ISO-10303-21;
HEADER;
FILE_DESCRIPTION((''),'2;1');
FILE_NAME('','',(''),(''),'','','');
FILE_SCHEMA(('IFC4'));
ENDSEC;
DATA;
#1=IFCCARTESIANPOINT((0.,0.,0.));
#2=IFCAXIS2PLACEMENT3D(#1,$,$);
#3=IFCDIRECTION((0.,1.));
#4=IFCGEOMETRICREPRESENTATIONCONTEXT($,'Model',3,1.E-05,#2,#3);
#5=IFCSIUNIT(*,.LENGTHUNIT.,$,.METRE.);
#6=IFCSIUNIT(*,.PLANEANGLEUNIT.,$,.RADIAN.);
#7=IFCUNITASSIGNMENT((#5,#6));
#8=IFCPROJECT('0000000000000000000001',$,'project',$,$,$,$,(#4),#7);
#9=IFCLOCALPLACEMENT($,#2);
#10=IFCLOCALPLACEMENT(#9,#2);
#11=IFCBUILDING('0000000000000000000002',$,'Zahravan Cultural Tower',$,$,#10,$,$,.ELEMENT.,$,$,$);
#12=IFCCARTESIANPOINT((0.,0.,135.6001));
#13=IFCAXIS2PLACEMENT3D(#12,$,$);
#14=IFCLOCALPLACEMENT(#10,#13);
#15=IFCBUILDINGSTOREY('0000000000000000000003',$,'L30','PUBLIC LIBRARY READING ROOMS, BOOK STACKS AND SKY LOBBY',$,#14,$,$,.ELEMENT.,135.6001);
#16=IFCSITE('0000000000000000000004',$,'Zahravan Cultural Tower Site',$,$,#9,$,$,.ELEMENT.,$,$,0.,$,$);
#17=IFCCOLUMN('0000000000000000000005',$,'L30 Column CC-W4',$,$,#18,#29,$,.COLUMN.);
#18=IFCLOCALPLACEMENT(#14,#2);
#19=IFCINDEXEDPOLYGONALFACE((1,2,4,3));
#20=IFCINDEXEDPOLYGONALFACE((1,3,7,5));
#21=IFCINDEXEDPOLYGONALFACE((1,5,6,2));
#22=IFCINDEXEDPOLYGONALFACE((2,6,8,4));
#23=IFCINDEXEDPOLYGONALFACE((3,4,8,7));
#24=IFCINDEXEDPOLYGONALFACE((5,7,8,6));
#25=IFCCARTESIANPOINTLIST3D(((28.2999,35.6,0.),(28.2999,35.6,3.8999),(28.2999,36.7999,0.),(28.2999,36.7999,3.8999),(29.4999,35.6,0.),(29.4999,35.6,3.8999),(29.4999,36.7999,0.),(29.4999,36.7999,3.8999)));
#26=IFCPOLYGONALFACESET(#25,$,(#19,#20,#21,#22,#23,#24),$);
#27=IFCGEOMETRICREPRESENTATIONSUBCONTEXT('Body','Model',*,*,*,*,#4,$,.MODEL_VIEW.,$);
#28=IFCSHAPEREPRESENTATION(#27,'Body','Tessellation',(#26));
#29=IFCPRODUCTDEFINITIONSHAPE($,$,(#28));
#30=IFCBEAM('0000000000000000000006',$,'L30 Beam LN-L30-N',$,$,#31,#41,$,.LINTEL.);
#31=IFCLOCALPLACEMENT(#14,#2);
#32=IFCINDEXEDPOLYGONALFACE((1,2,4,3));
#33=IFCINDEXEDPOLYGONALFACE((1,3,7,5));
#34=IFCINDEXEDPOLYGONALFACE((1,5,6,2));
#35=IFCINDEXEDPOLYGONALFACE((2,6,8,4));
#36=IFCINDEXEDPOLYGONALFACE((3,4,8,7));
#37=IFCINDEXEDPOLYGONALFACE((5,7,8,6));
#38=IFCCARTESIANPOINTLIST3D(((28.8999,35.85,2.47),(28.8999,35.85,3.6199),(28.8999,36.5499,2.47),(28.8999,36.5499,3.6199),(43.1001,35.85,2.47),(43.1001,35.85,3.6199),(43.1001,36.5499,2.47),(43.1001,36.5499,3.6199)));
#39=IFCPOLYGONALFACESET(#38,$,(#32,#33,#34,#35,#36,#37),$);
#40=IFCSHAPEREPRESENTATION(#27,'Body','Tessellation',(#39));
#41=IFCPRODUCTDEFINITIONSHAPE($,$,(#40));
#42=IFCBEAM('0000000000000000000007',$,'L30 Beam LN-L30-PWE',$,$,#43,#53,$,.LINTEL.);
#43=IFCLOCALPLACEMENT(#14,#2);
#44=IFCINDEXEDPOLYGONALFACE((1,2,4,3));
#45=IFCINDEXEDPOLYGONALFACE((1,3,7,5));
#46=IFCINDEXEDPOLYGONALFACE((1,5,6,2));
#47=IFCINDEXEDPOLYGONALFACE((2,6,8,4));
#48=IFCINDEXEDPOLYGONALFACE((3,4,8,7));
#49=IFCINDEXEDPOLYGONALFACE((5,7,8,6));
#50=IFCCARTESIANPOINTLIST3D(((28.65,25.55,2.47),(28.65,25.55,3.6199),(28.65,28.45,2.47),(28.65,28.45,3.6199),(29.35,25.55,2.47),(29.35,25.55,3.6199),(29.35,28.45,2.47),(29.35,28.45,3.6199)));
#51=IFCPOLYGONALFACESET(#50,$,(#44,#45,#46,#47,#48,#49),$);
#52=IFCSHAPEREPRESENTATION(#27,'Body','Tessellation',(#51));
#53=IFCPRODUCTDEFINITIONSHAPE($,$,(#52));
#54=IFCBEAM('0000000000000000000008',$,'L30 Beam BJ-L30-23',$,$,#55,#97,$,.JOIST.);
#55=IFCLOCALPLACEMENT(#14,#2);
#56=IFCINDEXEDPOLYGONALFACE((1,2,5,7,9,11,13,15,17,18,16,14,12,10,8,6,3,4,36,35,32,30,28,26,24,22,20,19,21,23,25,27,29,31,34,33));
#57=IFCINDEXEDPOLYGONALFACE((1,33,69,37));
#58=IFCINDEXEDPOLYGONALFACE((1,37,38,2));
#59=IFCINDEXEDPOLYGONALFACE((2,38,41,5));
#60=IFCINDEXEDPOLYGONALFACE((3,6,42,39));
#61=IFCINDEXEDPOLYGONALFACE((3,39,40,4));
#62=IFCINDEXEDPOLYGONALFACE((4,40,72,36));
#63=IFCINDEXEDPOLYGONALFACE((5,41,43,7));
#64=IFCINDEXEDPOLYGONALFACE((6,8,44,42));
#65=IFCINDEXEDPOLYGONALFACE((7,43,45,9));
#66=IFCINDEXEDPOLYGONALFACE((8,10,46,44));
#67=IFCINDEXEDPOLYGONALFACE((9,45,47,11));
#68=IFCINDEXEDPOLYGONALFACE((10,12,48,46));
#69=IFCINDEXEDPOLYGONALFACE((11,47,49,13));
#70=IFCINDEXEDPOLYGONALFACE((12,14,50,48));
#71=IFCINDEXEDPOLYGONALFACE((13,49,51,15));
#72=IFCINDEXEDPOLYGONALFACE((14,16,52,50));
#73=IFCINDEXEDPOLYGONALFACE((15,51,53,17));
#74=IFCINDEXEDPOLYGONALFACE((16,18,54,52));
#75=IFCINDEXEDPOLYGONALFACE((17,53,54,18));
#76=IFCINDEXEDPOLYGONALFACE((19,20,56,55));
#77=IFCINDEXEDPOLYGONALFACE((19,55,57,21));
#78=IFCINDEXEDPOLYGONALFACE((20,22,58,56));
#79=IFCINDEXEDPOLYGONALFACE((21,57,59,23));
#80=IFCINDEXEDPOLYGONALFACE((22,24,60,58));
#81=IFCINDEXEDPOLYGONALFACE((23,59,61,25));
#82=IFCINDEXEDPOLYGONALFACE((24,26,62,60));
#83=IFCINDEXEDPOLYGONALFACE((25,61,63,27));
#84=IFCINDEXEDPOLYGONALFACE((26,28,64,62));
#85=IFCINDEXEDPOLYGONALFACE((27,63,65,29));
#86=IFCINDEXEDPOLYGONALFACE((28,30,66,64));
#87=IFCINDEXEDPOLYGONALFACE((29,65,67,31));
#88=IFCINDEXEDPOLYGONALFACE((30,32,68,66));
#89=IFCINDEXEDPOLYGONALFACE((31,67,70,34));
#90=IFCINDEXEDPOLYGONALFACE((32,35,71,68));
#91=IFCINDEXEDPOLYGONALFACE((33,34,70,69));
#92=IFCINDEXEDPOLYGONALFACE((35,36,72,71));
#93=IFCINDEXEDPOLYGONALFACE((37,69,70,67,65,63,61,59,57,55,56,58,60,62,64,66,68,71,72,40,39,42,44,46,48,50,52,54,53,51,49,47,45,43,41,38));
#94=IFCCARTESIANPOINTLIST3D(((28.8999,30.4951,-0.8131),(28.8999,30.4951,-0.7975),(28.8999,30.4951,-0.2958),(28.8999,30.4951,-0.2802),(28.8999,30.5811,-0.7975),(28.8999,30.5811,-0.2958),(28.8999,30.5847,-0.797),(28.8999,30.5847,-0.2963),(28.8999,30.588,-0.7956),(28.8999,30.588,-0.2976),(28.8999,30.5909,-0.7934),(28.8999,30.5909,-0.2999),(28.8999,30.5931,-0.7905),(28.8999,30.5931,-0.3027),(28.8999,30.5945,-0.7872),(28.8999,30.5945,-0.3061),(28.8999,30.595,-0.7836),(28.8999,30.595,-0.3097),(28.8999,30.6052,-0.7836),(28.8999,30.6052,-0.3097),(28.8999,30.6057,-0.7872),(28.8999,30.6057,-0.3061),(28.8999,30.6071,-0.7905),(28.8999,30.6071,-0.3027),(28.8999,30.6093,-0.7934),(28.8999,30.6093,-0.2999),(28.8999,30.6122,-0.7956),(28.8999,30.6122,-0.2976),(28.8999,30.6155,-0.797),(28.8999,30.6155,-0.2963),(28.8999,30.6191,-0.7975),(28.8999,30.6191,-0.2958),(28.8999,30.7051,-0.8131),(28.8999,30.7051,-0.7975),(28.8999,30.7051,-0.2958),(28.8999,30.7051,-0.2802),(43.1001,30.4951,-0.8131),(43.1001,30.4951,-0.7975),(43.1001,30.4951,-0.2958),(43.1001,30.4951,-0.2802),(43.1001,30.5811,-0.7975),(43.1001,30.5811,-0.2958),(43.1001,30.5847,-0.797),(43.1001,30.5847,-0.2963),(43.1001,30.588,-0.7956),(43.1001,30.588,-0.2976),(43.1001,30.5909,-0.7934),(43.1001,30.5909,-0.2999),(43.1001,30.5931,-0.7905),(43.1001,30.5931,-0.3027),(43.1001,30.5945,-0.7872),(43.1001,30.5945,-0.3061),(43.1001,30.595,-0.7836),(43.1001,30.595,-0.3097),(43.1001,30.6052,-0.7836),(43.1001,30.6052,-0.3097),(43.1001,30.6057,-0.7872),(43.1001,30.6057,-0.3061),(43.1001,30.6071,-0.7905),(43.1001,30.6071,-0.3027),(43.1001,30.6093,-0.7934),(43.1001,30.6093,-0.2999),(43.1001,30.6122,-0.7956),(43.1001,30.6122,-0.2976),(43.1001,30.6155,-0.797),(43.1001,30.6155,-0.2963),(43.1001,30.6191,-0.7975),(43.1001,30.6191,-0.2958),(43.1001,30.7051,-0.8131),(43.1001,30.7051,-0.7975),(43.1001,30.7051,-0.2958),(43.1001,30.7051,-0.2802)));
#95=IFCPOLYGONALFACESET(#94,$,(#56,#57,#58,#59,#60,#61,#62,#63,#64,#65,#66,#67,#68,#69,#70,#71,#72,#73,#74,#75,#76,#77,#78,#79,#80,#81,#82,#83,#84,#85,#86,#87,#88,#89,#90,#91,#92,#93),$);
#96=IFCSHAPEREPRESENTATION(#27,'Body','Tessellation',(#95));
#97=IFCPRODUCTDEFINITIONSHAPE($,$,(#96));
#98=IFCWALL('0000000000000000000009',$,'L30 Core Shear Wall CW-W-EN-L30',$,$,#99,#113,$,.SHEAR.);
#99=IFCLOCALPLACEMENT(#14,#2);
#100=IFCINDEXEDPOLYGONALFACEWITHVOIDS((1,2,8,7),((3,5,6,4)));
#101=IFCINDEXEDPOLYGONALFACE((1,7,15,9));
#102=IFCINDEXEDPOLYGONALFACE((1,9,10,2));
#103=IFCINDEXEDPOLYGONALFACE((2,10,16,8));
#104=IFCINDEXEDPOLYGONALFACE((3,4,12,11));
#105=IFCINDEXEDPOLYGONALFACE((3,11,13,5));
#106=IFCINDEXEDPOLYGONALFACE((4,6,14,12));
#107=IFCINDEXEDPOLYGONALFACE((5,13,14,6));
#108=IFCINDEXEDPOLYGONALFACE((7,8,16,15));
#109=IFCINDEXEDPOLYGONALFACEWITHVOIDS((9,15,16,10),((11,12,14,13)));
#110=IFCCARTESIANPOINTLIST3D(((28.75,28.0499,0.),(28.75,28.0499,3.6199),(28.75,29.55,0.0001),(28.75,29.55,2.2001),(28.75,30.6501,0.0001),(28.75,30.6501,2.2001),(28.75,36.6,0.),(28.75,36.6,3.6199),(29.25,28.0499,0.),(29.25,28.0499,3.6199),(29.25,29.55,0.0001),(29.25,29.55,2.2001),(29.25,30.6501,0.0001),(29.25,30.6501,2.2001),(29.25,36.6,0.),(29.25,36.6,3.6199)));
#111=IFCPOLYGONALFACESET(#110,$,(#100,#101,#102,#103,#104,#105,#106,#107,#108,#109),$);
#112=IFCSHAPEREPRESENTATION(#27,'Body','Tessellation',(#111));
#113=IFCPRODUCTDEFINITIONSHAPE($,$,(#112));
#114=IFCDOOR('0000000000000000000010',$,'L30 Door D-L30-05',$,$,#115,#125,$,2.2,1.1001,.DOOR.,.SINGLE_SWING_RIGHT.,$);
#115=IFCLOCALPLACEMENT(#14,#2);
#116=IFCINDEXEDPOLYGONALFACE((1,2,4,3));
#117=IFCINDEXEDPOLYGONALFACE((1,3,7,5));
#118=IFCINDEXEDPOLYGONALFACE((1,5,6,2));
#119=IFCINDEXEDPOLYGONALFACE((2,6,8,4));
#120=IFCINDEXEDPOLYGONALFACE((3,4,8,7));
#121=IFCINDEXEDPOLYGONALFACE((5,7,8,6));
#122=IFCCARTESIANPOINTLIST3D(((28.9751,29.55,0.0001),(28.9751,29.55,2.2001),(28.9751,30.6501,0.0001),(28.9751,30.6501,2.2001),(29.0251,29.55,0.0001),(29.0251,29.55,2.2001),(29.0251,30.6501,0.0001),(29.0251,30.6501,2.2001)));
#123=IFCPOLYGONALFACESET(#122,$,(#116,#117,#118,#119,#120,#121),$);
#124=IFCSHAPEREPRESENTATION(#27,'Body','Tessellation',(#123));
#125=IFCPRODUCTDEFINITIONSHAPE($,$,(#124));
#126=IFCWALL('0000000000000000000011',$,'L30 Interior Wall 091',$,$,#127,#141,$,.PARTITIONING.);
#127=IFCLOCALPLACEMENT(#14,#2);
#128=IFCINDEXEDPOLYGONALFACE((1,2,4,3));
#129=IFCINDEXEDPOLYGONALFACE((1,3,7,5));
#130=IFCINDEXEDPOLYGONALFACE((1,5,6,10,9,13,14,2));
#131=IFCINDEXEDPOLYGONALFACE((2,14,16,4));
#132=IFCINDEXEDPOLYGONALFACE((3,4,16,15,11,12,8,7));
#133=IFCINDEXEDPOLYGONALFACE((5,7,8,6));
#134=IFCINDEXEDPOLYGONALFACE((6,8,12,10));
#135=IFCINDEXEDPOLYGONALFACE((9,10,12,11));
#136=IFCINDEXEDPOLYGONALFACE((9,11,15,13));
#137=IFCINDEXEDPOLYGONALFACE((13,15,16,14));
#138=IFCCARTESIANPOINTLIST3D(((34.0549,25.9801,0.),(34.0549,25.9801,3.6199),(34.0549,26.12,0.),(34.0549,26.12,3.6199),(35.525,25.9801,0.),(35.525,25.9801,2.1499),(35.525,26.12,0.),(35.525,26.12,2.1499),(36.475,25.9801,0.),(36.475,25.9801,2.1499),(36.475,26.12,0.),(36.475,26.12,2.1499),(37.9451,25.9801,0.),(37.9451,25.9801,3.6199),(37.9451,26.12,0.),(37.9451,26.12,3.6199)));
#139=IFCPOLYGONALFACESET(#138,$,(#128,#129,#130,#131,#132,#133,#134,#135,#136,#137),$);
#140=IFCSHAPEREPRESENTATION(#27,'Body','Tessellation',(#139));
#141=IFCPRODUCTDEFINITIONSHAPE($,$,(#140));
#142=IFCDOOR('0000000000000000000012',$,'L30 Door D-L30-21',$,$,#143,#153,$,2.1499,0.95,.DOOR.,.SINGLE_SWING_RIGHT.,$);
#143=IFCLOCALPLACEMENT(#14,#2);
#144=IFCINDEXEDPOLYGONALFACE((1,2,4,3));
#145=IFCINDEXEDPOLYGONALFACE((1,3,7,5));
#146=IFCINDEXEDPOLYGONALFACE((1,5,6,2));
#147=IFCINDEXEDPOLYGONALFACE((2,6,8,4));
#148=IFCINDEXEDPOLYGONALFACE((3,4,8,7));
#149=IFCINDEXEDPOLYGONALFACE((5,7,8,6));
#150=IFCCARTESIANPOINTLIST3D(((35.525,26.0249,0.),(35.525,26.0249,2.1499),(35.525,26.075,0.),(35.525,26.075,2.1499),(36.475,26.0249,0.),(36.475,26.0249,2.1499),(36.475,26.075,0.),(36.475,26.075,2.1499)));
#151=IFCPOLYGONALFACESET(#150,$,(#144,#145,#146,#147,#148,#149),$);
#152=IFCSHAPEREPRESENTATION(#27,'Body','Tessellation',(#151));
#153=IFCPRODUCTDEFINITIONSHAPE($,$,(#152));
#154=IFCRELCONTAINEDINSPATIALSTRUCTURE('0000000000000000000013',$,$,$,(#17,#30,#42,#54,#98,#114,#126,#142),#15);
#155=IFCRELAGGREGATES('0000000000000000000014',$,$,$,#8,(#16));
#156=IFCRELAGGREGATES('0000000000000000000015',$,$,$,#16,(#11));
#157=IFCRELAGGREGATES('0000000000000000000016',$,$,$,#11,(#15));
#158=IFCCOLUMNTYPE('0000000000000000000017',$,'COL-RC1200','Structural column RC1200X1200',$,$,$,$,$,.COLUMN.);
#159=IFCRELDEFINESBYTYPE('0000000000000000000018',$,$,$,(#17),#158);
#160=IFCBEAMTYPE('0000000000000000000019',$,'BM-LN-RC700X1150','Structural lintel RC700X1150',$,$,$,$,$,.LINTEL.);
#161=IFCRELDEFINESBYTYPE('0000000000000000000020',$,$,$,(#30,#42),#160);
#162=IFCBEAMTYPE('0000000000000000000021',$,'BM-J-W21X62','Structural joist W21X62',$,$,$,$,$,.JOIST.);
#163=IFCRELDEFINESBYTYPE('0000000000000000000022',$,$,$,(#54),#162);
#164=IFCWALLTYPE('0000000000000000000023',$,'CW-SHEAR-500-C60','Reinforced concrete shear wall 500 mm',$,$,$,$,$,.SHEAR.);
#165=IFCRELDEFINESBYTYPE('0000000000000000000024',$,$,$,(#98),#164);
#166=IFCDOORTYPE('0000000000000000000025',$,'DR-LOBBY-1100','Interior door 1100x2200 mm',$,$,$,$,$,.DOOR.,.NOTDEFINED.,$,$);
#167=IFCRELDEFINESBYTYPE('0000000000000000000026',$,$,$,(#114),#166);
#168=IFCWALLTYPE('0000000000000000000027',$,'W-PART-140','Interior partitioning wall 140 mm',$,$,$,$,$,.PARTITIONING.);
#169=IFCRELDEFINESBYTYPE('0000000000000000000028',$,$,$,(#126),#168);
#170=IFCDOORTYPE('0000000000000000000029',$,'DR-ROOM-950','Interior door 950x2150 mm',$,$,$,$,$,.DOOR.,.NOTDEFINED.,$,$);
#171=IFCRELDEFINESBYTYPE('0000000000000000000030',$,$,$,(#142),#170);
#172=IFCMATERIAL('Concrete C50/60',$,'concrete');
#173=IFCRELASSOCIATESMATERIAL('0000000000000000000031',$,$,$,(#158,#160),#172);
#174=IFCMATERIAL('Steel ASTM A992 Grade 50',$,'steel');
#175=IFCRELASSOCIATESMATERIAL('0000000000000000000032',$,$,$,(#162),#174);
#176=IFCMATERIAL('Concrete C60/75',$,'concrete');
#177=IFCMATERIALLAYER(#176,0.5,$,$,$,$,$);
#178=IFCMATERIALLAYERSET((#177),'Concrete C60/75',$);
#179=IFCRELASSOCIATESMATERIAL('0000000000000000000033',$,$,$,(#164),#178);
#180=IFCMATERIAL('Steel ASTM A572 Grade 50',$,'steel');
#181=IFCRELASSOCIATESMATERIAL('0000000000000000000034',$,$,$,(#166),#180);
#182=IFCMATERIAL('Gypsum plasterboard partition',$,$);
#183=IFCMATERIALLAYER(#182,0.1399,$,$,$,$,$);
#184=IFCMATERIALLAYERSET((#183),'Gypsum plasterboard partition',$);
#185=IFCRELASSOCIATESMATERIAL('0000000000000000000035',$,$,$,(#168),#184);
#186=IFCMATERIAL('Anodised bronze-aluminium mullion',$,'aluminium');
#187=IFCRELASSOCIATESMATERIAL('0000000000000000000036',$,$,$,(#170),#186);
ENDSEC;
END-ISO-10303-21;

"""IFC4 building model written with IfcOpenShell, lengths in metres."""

from ifc_helpers import new_model, si_unit, direction, frame, frame_2d, origin, origin_2d, place, context, subcontext, project, spatial, rectangle, i_section, extrude, source, transform, mapped, material, layer, layer_set, material_profile, profile_set, type_object, element, fill, save


model = new_model("IFC4")

# Units and contexts
model_context = context("Model", 3, precision=1e-05, world=origin(), true_north=direction((0.0, 1.0)))
body_context = subcontext(model_context, "Body", "Model", "MODEL_VIEW")
ifc_project = project(units=[si_unit("LENGTHUNIT", "METRE"), si_unit("PLANEANGLEUNIT", "RADIAN")], contexts=[model_context])

# Site, building, storey
site_placement = place(None, origin())
site = spatial("IfcSite", under=ifc_project, at=site_placement, Name="Zahravan Cultural Tower Site", CompositionType="ELEMENT", RefElevation=0.0)
building_placement = place(site_placement, origin())
building = spatial("IfcBuilding", under=site, at=building_placement, Name="Zahravan Cultural Tower", CompositionType="ELEMENT")
storey_placement = place(building_placement, frame((0.0, 0.0, 135.6001)))
storey = spatial("IfcBuildingStorey", under=building, at=storey_placement, Name="L30", Description="PUBLIC LIBRARY READING ROOMS, BOOK STACKS AND SKY LOBBY", CompositionType="ELEMENT", Elevation=135.6001)

# Column
ifc_material_1 = material(Name="Concrete C50/60", Category="concrete")
ifc_material_profile_1 = material_profile(ifc_material_1, rectangle(XDim=1.2, YDim=1.2, at=origin_2d()), Name="RC1200X1200")
ifc_profile_set_1 = profile_set([ifc_material_profile_1], Name="Concrete C50/60")
column_type = type_object("IfcColumnType", Name="COL-RC1200", Description="Structural column RC1200X1200", PredefinedType="COLUMN", material=ifc_profile_set_1)
shared_shape_1 = source(origin(), body_context, "Body", "SweptSolid", [
    extrude(rectangle(XDim=1.2, YDim=1.2, at=origin_2d()), origin(), (0.0, 0.0, 1.0), 3.8999),
])
column_placement = place(storey_placement, frame((28.8999, 36.2, 0.0), z_axis=(0.0, 0.0, 1.0), x_axis=(1.0, 0.0, 0.0)))
element("IfcColumn", 1, at=column_placement, inside=storey, type_object=column_type, Name="L30 Column CC-W4", PredefinedType="COLUMN", context=body_context, shape_type="MappedRepresentation", body=[
    mapped(shared_shape_1, transform((0.0, 0.0, 0.0), x_axis=(1.0, 0.0, 0.0), y_axis=(0.0, 1.0, 0.0), z_axis=(0.0, 0.0, 1.0), scale=1.0)),
])

# Beams
ifc_material_profile_2 = material_profile(ifc_material_1, rectangle(XDim=0.7, YDim=1.1499, at=origin_2d()), Name="RC700X1150")
ifc_profile_set_2 = profile_set([ifc_material_profile_2], Name="Concrete C50/60")
beam_type_1 = type_object("IfcBeamType", Name="BM-LN-RC700X1150", Description="Structural lintel RC700X1150", PredefinedType="LINTEL", material=ifc_profile_set_2)
shared_shape_2 = source(origin(), body_context, "Body", "SweptSolid", [
    extrude(rectangle(XDim=0.7, YDim=1.1499, at=origin_2d()), origin(), (0.0, 0.0, 1.0), 14.2002),
])
beam_1_placement = place(storey_placement, frame((28.8999, 36.2, 3.0449), z_axis=(1.0, 0.0, 0.0), x_axis=(0.0, 1.0, 0.0)))
element("IfcBeam", 2, at=beam_1_placement, inside=storey, type_object=beam_type_1, Name="L30 Beam LN-L30-N", PredefinedType="LINTEL", context=body_context, shape_type="MappedRepresentation", body=[
    mapped(shared_shape_2, transform((0.0, 0.0, 0.0), x_axis=(1.0, 0.0, 0.0), y_axis=(0.0, 1.0, 0.0), z_axis=(0.0, 0.0, 1.0), scale=1.0)),
])
shared_shape_3 = source(origin(), body_context, "Body", "SweptSolid", [
    extrude(rectangle(XDim=0.7, YDim=1.1499, at=origin_2d()), origin(), (0.0, 0.0, 1.0), 2.8999),
])
beam_2_placement = place(storey_placement, frame((29.0, 25.55, 3.0449), z_axis=(0.0, 1.0, 0.0), x_axis=(-1.0, 0.0, 0.0)))
element("IfcBeam", 3, at=beam_2_placement, inside=storey, type_object=beam_type_1, Name="L30 Beam LN-L30-PWE", PredefinedType="LINTEL", context=body_context, shape_type="MappedRepresentation", body=[
    mapped(shared_shape_3, transform((0.0, 0.0, 0.0), x_axis=(1.0, 0.0, 0.0), y_axis=(0.0, 1.0, 0.0), z_axis=(0.0, 0.0, 1.0), scale=1.0)),
])
ifc_material_2 = material(Name="Steel ASTM A992 Grade 50", Category="steel")
ifc_material_profile_3 = material_profile(ifc_material_2, i_section(OverallWidth=0.21, OverallDepth=0.533, WebThickness=0.0103, FlangeThickness=0.0156, FilletRadius=0.0139, at=origin_2d()), Name="W21X62")
ifc_profile_set_3 = profile_set([ifc_material_profile_3], Name="Steel ASTM A992 Grade 50")
beam_type_2 = type_object("IfcBeamType", Name="BM-J-W21X62", Description="Structural joist W21X62", PredefinedType="JOIST", material=ifc_profile_set_3)
shared_shape_4 = source(origin(), body_context, "Body", "SweptSolid", [
    extrude(i_section(OverallWidth=0.21, OverallDepth=0.533, WebThickness=0.0103, FlangeThickness=0.0156, FilletRadius=0.0139, at=origin_2d()), origin(), (0.0, 0.0, 1.0), 14.2002),
])
beam_3_placement = place(storey_placement, frame((28.8999, 30.6001, -0.5466), z_axis=(1.0, 0.0, 0.0), x_axis=(0.0, 1.0, 0.0)))
element("IfcBeam", 4, at=beam_3_placement, inside=storey, type_object=beam_type_2, Name="L30 Beam BJ-L30-23", PredefinedType="JOIST", context=body_context, shape_type="MappedRepresentation", body=[
    mapped(shared_shape_4, transform((0.0, 0.0, 0.0), x_axis=(1.0, 0.0, 0.0), y_axis=(0.0, 1.0, 0.0), z_axis=(0.0, 0.0, 1.0), scale=1.0)),
])

# Walls, openings, doors
ifc_material_3 = material(Name="Concrete C60/75", Category="concrete")
ifc_layer_1 = layer(ifc_material_3, 0.5)
ifc_layer_set_1 = layer_set([ifc_layer_1], Name="Concrete C60/75")
wall_type_1 = type_object("IfcWallType", Name="CW-SHEAR-500-C60", Description="Reinforced concrete shear wall 500 mm", PredefinedType="SHEAR", material=ifc_layer_set_1)
wall_1_placement = place(storey_placement, frame((29.0, 28.05, 0.0), z_axis=(0.0, 0.0, 1.0), x_axis=(0.0, 1.0, 0.0)))
wall_1 = element("IfcWall", 5, at=wall_1_placement, inside=storey, type_object=wall_type_1, Name="L30 Core Shear Wall CW-W-EN-L30", PredefinedType="SHEAR", context=body_context, shape_type="SweptSolid", body=[
    extrude(rectangle(XDim=8.55, YDim=0.5, at=frame_2d((4.2749, 0.0))), origin(), (0.0, 0.0, 1.0), 3.6199),
])
opening_1_placement = place(wall_1_placement, frame((1.5, 0.0, 0.0)))
opening_1 = element("IfcOpeningElement", 6, at=opening_1_placement, cuts=wall_1, PredefinedType="OPENING", context=body_context, shape_type="SweptSolid", body=[
    extrude(rectangle(XDim=1.1001, YDim=2.2, at=frame_2d((0.55, 1.1001))), frame((0.0, 0.26, 0.0), z_axis=(0.0, -1.0, 0.0), x_axis=(1.0, 0.0, 0.0)), (0.0, 0.0, 1.0), 0.52),
])
ifc_material_4 = material(Name="Steel ASTM A572 Grade 50", Category="steel")
door_type_1 = type_object("IfcDoorType", Name="DR-LOBBY-1100", Description="Interior door 1100x2200 mm", OperationType="NOTDEFINED", PredefinedType="DOOR", material=ifc_material_4)
shared_shape_5 = source(origin(), body_context, "Body", "SweptSolid", [
    extrude(rectangle(XDim=1.1001, YDim=2.2, at=frame_2d((0.55, 1.1001))), frame((0.0, 0.0249, 0.0), z_axis=(0.0, -1.0, 0.0), x_axis=(1.0, 0.0, 0.0)), (0.0, 0.0, 1.0), 0.05),
])
door_1_placement = place(opening_1_placement, origin())
door_1 = element("IfcDoor", 7, at=door_1_placement, inside=storey, type_object=door_type_1, Name="L30 Door D-L30-05", OperationType="SINGLE_SWING_RIGHT", OverallHeight=2.2, OverallWidth=1.1001, PredefinedType="DOOR", context=body_context, shape_type="MappedRepresentation", body=[
    mapped(shared_shape_5, transform((0.0, 0.0, 0.0), x_axis=(1.0, 0.0, 0.0), y_axis=(0.0, 1.0, 0.0), z_axis=(0.0, 0.0, 1.0), scale=1.0)),
])
fill(opening_1, door_1)
ifc_material_5 = material(Name="Gypsum plasterboard partition")
ifc_layer_2 = layer(ifc_material_5, 0.1399)
ifc_layer_set_2 = layer_set([ifc_layer_2], Name="Gypsum plasterboard partition")
wall_type_2 = type_object("IfcWallType", Name="W-PART-140", Description="Interior partitioning wall 140 mm", PredefinedType="PARTITIONING", material=ifc_layer_set_2)
ifc_material_6 = material(Name="Anodised bronze-aluminium mullion", Category="aluminium")
door_type_2 = type_object("IfcDoorType", Name="DR-ROOM-950", Description="Interior door 950x2150 mm", OperationType="NOTDEFINED", PredefinedType="DOOR", material=ifc_material_6)
shared_shape_6 = source(origin(), body_context, "Body", "SweptSolid", [
    extrude(rectangle(XDim=0.95, YDim=2.1499, at=frame_2d((0.4751, 1.075))), frame((0.0, 0.0249, 0.0), z_axis=(0.0, -1.0, 0.0), x_axis=(1.0, 0.0, 0.0)), (0.0, 0.0, 1.0), 0.05),
])
wall_2_placement = place(storey_placement, frame((34.0549, 26.05, 0.0), z_axis=(0.0, 0.0, 1.0), x_axis=(1.0, 0.0, 0.0)))
wall_2 = element("IfcWall", 8, at=wall_2_placement, inside=storey, type_object=wall_type_2, Name="L30 Interior Wall 091", PredefinedType="PARTITIONING", context=body_context, shape_type="SweptSolid", body=[
    extrude(rectangle(XDim=3.8901, YDim=0.1399, at=frame_2d((1.9451, 0.0))), origin(), (0.0, 0.0, 1.0), 3.6199),
])
opening_2_placement = place(wall_2_placement, frame((1.47, 0.0, 0.0)))
opening_2 = element("IfcOpeningElement", 9, at=opening_2_placement, cuts=wall_2, PredefinedType="OPENING", context=body_context, shape_type="SweptSolid", body=[
    extrude(rectangle(XDim=0.95, YDim=2.1499, at=frame_2d((0.4751, 1.075))), frame((0.0, 0.0798, 0.0), z_axis=(0.0, -1.0, 0.0), x_axis=(1.0, 0.0, 0.0)), (0.0, 0.0, 1.0), 0.1599),
])
door_2_placement = place(opening_2_placement, origin())
door_2 = element("IfcDoor", 10, at=door_2_placement, inside=storey, type_object=door_type_2, Name="L30 Door D-L30-21", OperationType="SINGLE_SWING_RIGHT", OverallHeight=2.1499, OverallWidth=0.95, PredefinedType="DOOR", context=body_context, shape_type="MappedRepresentation", body=[
    mapped(shared_shape_6, transform((0.0, 0.0, 0.0), x_axis=(1.0, 0.0, 0.0), y_axis=(0.0, 1.0, 0.0), z_axis=(0.0, 0.0, 1.0), scale=1.0)),
])
fill(opening_2, door_2)

save(model, "model.ifc")
